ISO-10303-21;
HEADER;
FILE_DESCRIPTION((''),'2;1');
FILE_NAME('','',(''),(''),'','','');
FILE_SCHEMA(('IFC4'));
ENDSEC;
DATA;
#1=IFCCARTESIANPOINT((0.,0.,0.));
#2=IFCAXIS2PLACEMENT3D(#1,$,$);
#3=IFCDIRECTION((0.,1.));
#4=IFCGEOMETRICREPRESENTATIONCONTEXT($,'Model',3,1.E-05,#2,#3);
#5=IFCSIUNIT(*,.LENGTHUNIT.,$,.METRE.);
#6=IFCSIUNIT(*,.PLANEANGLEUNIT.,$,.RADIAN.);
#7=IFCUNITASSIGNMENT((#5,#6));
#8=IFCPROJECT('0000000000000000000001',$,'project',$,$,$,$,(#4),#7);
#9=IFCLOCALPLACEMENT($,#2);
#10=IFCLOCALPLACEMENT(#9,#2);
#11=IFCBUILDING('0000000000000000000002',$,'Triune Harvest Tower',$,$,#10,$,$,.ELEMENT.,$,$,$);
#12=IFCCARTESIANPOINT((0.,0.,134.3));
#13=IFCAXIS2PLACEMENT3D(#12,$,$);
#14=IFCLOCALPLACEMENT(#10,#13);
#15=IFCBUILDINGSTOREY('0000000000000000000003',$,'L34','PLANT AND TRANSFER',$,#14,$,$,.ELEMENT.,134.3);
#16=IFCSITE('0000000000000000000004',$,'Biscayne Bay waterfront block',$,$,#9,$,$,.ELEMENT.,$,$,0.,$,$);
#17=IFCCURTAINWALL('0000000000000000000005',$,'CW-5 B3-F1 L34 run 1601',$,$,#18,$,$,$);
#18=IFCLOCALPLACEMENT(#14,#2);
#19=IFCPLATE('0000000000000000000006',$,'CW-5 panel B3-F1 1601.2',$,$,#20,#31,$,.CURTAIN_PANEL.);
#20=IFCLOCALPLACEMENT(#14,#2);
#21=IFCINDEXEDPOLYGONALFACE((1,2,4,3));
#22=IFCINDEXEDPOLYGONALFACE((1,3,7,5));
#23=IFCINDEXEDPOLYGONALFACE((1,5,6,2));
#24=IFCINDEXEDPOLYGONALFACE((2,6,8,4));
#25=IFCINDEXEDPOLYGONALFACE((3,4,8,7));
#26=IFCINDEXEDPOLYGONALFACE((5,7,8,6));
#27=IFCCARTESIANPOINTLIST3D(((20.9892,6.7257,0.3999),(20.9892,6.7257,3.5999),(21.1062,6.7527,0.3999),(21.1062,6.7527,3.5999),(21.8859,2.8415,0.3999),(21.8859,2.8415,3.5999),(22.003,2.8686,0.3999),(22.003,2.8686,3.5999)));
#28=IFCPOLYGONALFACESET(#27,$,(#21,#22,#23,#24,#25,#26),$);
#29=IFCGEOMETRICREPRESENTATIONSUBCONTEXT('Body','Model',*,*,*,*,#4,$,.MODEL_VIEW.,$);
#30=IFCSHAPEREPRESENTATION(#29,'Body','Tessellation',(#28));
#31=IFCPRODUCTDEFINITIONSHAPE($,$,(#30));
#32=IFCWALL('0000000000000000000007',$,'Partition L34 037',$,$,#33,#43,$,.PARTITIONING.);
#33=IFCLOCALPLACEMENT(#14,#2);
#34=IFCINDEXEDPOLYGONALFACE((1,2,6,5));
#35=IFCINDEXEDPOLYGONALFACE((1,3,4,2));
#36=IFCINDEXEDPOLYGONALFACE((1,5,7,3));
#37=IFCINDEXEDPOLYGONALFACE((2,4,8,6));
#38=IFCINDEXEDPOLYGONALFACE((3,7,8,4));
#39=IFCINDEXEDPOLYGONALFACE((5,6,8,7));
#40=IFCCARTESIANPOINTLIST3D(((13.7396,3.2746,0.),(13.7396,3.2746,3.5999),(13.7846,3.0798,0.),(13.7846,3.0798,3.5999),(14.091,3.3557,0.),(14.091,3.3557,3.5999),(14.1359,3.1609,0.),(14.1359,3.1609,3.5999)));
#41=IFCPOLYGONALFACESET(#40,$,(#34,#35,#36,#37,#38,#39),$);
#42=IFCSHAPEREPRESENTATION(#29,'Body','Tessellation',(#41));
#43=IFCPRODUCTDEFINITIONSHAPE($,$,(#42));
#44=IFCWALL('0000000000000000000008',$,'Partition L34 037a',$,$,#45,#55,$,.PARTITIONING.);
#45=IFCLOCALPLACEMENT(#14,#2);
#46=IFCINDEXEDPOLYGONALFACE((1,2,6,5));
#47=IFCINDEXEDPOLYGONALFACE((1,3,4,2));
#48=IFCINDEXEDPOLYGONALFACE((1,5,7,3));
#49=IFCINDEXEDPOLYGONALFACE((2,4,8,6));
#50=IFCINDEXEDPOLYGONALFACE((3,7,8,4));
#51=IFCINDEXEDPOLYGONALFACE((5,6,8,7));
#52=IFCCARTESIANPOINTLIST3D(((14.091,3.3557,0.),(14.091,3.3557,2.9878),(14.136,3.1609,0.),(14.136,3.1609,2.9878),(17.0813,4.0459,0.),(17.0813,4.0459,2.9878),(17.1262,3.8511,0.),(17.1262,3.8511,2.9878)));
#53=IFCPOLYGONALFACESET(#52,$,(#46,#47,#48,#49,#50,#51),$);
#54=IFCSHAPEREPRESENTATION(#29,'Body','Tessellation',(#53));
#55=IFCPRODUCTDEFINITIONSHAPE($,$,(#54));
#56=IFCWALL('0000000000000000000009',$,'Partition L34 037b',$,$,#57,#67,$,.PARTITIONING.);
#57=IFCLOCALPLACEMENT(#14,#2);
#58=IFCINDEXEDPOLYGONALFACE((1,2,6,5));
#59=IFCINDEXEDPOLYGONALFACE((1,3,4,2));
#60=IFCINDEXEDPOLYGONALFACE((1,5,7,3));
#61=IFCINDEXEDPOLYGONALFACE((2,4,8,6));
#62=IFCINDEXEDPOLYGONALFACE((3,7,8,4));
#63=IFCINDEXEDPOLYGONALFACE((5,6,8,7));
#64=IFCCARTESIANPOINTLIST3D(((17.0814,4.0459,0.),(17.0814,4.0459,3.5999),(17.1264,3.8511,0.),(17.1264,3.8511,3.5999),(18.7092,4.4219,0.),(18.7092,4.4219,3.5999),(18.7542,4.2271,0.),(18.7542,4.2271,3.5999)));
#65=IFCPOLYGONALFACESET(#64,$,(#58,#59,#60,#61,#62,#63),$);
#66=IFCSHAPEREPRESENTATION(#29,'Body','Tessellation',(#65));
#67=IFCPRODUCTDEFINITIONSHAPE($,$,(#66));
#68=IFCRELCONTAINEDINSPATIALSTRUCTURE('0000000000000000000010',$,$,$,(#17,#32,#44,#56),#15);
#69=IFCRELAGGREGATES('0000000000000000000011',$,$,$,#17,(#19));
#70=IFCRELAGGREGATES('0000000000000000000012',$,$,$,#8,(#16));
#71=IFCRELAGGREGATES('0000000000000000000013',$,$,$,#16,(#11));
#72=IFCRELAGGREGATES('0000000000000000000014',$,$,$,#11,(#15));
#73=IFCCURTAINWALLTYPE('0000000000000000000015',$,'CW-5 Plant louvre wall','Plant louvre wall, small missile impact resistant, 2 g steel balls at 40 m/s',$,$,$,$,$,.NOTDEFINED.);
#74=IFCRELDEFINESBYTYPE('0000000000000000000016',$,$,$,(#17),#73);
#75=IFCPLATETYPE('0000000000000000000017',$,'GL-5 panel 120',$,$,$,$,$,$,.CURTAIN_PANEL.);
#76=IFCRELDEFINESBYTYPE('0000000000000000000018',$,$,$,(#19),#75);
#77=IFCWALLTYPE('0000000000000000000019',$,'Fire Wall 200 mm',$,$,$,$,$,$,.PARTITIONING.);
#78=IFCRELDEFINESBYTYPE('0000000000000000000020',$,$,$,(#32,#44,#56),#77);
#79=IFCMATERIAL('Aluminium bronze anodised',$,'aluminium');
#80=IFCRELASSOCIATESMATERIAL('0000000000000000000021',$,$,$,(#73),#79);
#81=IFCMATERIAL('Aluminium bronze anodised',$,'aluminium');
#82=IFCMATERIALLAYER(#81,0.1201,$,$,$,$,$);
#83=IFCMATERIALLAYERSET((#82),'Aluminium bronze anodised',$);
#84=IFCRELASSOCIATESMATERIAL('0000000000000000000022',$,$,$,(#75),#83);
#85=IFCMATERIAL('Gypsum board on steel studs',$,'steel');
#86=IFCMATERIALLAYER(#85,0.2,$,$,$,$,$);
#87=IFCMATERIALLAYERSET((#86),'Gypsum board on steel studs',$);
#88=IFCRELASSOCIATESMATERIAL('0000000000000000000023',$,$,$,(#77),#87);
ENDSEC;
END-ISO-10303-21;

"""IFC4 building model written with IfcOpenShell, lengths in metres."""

from ifc_helpers import new_model, si_unit, direction, frame, frame_2d, origin, origin_2d, place, context, subcontext, project, spatial, rectangle, extrude, source, transform, mapped, material, layer, layer_set, type_object, element, aggregate, save


model = new_model("IFC4")

# Units and contexts
model_context = context("Model", 3, precision=1e-05, world=origin(), true_north=direction((0.0, 1.0)))
body_context = subcontext(model_context, "Body", "Model", "MODEL_VIEW")
ifc_project = project(units=[si_unit("LENGTHUNIT", "METRE"), si_unit("PLANEANGLEUNIT", "RADIAN")], contexts=[model_context])

# Site, building, storey
site_placement = place(None, origin())
site = spatial("IfcSite", under=ifc_project, at=site_placement, Name="Biscayne Bay waterfront block", CompositionType="ELEMENT", RefElevation=0.0)
building_placement = place(site_placement, origin())
building = spatial("IfcBuilding", under=site, at=building_placement, Name="Triune Harvest Tower", CompositionType="ELEMENT")
storey_placement = place(building_placement, frame((0.0, 0.0, 134.3)))
storey = spatial("IfcBuildingStorey", under=building, at=storey_placement, Name="L34", Description="PLANT AND TRANSFER", CompositionType="ELEMENT", Elevation=134.3)

# Curtain wall
ifc_material_1 = material(Name="Aluminium bronze anodised", Category="aluminium")
curtain_wall_type = type_object("IfcCurtainWallType", Name="CW-5 Plant louvre wall", Description="Plant louvre wall, small missile impact resistant, 2 g steel balls at 40 m/s", PredefinedType="NOTDEFINED", material=ifc_material_1)
curtain_wall_1_placement = place(storey_placement, origin())
curtain_wall_1 = element("IfcCurtainWall", 1, at=curtain_wall_1_placement, inside=storey, type_object=curtain_wall_type, Name="CW-5 B3-F1 L34 run 1601")

# Plate
ifc_material_2 = material(Name="Aluminium bronze anodised", Category="aluminium")
ifc_layer_1 = layer(ifc_material_2, 0.1201)
ifc_layer_set_1 = layer_set([ifc_layer_1], Name="Aluminium bronze anodised")
plate_type = type_object("IfcPlateType", Name="GL-5 panel 120", PredefinedType="CURTAIN_PANEL", material=ifc_layer_set_1)
shared_shape_1 = source(origin(), body_context, "Body", "SweptSolid", [
    extrude(rectangle(XDim=3.9863, YDim=0.1201, at=origin_2d()), origin(), (0.0, 0.0, 1.0), 3.2),
])
plate_1_placement = place(storey_placement, frame((21.4961, 4.7971, 0.3999), z_axis=(0.0, 0.0, 1.0), x_axis=(-0.224951, 0.97437, 0.0)))
plate_1 = element("IfcPlate", 2, at=plate_1_placement, type_object=plate_type, Name="CW-5 panel B3-F1 1601.2", PredefinedType="CURTAIN_PANEL", context=body_context, shape_type="MappedRepresentation", body=[
    mapped(shared_shape_1, transform((0.0, 0.0, 0.0), scale=1.0)),
])
aggregate(curtain_wall_1, [plate_1])

# Walls
ifc_material_3 = material(Name="Gypsum board on steel studs", Category="steel")
ifc_layer_2 = layer(ifc_material_3, 0.2)
ifc_layer_set_2 = layer_set([ifc_layer_2], Name="Gypsum board on steel studs")
wall_type = type_object("IfcWallType", Name="Fire Wall 200 mm", PredefinedType="PARTITIONING", material=ifc_layer_set_2)
wall_1_placement = place(storey_placement, frame((13.7622, 3.1772, 0.0), z_axis=(0.0, 0.0, 1.0), x_axis=(0.974403, 0.22481, 0.0)))
element("IfcWall", 3, at=wall_1_placement, inside=storey, type_object=wall_type, Name="Partition L34 037", PredefinedType="PARTITIONING", context=body_context, shape_type="SweptSolid", body=[
    extrude(rectangle(XDim=0.3606, YDim=0.2, at=frame_2d((0.1802, 0.0))), origin(), (0.0, 0.0, 1.0), 3.5999),
])
wall_2_placement = place(storey_placement, frame((14.1135, 3.2583, 0.0), z_axis=(0.0, 0.0, 1.0), x_axis=(0.974382, 0.2249, 0.0)))
element("IfcWall", 4, at=wall_2_placement, inside=storey, type_object=wall_type, Name="Partition L34 037a", PredefinedType="PARTITIONING", context=body_context, shape_type="SweptSolid", body=[
    extrude(rectangle(XDim=3.0688, YDim=0.2, at=frame_2d((1.5344, 0.0))), origin(), (0.0, 0.0, 1.0), 2.9878),
])
shared_shape_2 = source(origin(), body_context, "Body", "SweptSolid", [
    extrude(rectangle(XDim=1.6707, YDim=0.2, at=frame_2d((0.8354, 0.0))), origin(), (0.0, 0.0, 1.0), 3.5999),
])
wall_3_placement = place(storey_placement, frame((17.1038, 3.9485, 0.0), z_axis=(0.0, 0.0, 1.0), x_axis=(0.974344, 0.225062, 0.0)))
element("IfcWall", 5, at=wall_3_placement, inside=storey, type_object=wall_type, Name="Partition L34 037b", PredefinedType="PARTITIONING", context=body_context, shape_type="MappedRepresentation", body=[
    mapped(shared_shape_2, transform((0.0, 0.0, 0.0), scale=1.0)),
])

save(model, "model.ifc")
